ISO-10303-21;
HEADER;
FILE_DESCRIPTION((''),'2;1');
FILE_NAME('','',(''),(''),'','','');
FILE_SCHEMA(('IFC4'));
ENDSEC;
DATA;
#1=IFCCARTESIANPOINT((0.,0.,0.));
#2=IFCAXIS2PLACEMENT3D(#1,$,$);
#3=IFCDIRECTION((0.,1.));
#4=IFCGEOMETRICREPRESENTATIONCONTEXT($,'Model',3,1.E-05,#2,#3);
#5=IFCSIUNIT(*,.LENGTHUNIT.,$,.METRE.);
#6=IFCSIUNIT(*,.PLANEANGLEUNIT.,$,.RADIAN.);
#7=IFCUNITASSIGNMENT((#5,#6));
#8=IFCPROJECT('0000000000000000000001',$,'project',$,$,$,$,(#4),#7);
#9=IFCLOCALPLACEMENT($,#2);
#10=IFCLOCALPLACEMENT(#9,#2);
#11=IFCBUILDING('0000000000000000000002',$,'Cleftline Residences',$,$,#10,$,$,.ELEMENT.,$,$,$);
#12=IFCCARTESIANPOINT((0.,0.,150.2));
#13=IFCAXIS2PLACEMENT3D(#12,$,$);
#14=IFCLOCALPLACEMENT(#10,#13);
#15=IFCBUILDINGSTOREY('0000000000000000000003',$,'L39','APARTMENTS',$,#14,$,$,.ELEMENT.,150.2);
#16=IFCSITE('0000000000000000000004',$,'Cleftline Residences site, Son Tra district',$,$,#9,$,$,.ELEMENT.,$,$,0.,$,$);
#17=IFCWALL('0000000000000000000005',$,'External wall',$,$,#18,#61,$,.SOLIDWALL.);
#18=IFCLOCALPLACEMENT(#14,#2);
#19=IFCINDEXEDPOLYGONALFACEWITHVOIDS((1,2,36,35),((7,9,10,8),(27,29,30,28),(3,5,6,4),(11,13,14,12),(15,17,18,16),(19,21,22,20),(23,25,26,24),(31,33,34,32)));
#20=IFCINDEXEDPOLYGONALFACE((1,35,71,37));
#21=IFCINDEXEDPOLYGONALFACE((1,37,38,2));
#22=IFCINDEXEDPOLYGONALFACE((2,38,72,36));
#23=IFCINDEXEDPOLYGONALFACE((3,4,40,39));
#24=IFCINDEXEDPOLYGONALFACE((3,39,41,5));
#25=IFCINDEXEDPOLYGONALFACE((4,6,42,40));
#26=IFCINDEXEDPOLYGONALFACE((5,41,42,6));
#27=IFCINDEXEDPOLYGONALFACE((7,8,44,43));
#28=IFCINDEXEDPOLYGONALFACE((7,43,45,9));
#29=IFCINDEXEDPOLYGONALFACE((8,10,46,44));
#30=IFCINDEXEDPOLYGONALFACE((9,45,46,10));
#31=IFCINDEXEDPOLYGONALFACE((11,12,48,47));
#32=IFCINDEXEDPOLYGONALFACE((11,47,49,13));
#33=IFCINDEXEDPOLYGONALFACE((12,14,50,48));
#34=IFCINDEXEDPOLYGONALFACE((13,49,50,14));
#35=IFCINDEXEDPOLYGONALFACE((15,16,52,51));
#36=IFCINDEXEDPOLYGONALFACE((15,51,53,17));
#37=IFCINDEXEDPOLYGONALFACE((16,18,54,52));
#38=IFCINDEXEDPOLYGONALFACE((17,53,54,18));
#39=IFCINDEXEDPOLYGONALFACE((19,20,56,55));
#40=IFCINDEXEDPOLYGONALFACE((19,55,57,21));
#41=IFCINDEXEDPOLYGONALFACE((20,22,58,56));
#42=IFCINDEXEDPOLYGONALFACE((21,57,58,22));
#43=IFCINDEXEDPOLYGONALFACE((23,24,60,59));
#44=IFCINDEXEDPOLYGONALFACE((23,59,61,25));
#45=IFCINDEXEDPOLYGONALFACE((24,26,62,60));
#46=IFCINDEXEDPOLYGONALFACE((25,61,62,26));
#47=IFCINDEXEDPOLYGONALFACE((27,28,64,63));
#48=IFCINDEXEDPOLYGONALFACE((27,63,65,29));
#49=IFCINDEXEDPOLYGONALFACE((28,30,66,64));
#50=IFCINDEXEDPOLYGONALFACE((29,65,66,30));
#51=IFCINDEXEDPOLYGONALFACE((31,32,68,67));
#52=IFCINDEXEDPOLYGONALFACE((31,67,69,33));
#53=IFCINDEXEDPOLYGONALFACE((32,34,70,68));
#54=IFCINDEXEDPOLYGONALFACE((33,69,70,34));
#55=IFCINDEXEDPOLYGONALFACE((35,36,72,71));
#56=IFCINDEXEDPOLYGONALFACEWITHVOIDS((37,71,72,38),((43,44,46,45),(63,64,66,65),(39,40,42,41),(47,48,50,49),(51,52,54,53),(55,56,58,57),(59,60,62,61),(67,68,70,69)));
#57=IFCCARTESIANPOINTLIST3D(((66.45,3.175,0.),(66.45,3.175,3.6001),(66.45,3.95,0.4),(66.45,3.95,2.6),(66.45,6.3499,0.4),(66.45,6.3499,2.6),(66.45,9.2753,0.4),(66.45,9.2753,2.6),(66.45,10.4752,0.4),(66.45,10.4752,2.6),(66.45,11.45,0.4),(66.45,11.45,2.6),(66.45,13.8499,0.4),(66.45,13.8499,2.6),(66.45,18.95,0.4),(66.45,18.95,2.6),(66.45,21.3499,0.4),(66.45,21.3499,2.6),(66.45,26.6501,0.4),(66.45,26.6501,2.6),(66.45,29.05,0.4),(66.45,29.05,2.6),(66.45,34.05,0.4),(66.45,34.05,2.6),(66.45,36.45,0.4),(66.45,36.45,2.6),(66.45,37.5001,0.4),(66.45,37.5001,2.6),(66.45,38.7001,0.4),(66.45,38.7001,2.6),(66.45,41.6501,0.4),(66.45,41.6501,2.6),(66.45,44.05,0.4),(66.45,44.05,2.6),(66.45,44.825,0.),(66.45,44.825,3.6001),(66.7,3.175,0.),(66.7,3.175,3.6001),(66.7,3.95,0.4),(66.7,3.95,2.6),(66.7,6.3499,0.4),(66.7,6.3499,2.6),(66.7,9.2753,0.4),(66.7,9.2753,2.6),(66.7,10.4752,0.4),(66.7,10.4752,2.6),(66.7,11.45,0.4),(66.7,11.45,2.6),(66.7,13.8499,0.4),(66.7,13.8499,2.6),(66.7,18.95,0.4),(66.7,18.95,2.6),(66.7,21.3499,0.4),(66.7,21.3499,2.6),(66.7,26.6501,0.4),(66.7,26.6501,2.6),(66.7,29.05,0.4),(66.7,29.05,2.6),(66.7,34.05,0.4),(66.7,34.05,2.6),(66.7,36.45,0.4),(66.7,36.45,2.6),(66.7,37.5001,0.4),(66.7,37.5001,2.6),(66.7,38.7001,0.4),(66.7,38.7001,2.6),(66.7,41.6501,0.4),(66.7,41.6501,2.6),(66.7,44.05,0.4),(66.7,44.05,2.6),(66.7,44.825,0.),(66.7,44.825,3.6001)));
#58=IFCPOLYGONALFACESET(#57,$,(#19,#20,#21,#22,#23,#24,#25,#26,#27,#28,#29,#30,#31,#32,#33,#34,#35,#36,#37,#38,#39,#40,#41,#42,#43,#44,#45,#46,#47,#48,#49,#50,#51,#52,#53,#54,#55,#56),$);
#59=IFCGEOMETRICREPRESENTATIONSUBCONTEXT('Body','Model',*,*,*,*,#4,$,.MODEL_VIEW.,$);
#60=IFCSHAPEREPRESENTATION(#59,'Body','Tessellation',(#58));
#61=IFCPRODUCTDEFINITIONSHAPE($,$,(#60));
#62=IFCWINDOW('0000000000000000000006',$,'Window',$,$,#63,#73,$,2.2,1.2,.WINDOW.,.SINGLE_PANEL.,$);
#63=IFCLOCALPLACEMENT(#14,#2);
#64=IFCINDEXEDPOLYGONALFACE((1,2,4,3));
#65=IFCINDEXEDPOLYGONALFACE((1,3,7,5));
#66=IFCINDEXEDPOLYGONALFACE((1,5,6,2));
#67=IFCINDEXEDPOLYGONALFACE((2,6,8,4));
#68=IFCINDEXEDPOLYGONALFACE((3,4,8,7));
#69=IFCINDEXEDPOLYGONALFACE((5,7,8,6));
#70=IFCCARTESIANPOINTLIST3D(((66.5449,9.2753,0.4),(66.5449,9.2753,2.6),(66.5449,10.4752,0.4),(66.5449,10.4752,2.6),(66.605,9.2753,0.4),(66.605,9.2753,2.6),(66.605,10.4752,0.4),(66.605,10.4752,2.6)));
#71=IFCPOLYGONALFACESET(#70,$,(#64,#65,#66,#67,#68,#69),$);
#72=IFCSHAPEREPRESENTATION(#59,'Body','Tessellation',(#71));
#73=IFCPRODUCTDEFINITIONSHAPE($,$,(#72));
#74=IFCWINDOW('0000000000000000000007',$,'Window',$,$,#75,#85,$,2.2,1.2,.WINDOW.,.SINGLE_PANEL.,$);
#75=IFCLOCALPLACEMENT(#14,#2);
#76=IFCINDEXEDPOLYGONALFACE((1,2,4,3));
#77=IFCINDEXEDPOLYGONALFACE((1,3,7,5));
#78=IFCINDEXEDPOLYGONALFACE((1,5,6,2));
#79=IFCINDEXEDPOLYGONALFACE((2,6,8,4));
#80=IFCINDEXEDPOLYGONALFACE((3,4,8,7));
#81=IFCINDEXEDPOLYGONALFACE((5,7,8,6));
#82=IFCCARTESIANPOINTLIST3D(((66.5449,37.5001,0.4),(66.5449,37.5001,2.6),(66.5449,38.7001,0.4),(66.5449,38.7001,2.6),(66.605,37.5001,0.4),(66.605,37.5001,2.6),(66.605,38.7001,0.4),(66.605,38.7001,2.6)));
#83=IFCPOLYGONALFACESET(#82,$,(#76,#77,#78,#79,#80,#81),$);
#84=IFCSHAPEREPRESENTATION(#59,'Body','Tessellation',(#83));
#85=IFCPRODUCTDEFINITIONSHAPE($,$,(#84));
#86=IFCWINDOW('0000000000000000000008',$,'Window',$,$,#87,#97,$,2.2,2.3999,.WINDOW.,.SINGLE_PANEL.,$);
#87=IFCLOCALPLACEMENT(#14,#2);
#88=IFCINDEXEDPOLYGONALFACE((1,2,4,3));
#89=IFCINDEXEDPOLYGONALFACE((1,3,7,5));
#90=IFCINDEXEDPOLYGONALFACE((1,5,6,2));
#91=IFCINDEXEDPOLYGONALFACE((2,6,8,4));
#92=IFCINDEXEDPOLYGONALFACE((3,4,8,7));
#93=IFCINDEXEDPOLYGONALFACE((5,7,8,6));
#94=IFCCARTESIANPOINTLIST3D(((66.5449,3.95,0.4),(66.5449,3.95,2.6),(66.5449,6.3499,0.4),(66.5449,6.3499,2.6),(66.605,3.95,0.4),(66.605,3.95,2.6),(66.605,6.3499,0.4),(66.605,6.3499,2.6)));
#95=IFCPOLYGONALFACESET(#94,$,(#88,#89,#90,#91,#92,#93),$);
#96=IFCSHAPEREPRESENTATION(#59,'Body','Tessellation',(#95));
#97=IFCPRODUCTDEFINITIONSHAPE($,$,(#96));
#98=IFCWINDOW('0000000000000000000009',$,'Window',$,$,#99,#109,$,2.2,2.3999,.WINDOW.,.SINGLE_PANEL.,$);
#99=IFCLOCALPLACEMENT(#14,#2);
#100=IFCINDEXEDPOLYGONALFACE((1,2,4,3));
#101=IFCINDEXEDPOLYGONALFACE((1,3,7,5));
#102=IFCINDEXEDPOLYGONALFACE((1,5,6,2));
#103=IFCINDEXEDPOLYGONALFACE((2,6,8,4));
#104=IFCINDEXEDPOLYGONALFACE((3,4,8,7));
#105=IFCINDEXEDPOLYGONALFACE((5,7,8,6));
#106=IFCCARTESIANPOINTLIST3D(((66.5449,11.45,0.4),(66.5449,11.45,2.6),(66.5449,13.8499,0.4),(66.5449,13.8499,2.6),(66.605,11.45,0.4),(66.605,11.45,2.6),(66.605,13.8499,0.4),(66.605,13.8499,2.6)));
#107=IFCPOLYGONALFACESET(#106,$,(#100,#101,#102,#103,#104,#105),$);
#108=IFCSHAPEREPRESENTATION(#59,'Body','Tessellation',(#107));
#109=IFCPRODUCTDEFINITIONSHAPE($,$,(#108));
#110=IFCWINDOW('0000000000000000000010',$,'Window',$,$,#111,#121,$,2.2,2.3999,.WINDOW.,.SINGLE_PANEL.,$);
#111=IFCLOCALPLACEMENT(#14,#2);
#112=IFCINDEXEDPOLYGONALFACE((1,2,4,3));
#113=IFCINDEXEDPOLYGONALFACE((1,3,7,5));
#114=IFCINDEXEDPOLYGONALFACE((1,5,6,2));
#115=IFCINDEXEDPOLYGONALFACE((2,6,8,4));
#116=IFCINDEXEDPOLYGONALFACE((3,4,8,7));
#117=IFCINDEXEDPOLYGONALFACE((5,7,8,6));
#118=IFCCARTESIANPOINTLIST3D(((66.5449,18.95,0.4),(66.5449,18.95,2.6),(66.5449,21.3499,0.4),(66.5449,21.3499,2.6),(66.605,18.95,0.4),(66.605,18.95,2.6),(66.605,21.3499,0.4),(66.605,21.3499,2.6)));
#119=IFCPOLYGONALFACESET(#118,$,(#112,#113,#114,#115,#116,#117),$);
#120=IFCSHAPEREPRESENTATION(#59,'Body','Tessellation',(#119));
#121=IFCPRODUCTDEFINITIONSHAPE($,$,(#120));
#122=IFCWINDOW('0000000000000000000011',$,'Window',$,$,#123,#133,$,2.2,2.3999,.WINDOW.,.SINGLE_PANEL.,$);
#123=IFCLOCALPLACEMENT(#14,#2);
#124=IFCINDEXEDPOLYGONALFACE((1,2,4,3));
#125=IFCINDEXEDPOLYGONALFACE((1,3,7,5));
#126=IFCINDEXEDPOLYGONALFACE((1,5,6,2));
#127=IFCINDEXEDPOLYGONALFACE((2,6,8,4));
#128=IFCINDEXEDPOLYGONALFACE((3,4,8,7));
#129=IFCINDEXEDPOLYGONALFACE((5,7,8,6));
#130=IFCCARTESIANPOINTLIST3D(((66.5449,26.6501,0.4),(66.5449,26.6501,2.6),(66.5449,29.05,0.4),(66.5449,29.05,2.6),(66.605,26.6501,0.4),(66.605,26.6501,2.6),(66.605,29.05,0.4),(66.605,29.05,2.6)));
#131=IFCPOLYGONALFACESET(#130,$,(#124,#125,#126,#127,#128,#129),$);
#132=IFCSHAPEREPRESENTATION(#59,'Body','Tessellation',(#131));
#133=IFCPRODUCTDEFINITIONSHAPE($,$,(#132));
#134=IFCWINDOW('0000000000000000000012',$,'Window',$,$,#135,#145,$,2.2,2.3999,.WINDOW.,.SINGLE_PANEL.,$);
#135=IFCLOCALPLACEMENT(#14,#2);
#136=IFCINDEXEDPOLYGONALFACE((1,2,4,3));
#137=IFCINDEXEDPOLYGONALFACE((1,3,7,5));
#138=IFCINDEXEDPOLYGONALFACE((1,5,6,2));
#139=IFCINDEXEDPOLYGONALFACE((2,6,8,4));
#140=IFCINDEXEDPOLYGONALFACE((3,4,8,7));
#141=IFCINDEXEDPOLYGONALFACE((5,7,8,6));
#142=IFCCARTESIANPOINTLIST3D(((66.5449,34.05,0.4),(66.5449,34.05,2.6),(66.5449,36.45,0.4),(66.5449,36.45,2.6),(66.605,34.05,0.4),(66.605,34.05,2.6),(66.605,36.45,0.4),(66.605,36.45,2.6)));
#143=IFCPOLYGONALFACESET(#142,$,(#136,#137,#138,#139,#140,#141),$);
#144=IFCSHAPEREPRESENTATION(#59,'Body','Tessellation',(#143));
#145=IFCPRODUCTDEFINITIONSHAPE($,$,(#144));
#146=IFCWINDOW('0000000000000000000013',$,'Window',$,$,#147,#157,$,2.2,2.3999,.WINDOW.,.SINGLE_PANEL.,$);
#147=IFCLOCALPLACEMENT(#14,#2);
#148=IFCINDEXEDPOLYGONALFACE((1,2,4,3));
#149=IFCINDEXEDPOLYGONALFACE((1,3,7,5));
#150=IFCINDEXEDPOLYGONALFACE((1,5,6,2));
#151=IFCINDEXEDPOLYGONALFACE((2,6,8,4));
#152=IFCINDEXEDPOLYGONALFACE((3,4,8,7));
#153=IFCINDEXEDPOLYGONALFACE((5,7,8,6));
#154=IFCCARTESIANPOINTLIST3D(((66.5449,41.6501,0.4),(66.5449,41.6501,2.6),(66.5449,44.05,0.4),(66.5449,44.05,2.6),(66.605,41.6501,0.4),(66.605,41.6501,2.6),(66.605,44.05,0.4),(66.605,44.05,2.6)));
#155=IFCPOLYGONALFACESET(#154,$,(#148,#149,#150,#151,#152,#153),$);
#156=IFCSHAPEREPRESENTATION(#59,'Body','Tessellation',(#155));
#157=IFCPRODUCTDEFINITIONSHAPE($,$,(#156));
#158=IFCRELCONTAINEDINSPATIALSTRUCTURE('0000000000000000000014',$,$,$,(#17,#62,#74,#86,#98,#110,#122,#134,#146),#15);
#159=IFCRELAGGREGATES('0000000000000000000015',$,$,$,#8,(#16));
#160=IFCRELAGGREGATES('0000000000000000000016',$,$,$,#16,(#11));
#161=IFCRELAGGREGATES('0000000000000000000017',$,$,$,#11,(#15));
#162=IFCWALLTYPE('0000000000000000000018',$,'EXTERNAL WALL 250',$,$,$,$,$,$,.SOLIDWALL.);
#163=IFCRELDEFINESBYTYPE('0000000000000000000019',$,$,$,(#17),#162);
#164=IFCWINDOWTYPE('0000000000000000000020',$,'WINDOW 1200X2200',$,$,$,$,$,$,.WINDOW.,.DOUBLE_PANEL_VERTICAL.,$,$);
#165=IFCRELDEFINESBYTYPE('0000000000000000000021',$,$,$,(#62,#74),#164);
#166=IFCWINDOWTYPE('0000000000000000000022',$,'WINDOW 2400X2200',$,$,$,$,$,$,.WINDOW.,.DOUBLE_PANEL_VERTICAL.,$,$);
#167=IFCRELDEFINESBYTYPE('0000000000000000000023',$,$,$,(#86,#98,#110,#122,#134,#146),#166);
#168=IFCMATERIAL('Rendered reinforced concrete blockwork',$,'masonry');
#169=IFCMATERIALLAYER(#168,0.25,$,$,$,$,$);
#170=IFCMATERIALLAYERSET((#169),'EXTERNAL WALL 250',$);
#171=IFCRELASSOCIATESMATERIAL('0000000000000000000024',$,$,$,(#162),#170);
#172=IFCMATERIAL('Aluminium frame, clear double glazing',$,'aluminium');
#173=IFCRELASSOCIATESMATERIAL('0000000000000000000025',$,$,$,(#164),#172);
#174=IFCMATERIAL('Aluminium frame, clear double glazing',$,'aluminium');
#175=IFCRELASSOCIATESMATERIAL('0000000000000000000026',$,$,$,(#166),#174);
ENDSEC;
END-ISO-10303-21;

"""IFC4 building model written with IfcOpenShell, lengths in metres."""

from ifc_helpers import new_model, si_unit, direction, frame, frame_2d, origin, place, context, subcontext, project, spatial, rectangle, extrude, material, layer, layer_set, type_object, element, fill, save


model = new_model("IFC4")

# Units and contexts
model_context = context("Model", 3, precision=1e-05, world=origin(), true_north=direction((0.0, 1.0)))
body_context = subcontext(model_context, "Body", "Model", "MODEL_VIEW")
ifc_project = project(units=[si_unit("LENGTHUNIT", "METRE"), si_unit("PLANEANGLEUNIT", "RADIAN")], contexts=[model_context])

# Site, building, storey
site_placement = place(None, origin())
site = spatial("IfcSite", under=ifc_project, at=site_placement, Name="Cleftline Residences site, Son Tra district", CompositionType="ELEMENT", RefElevation=0.0)
building_placement = place(site_placement, origin())
building = spatial("IfcBuilding", under=site, at=building_placement, Name="Cleftline Residences", CompositionType="ELEMENT")
storey_placement = place(building_placement, frame((0.0, 0.0, 150.2)))
storey = spatial("IfcBuildingStorey", under=building, at=storey_placement, Name="L39", Description="APARTMENTS", CompositionType="ELEMENT", Elevation=150.2)

# Wall, openings, windows
ifc_material_1 = material(Name="Rendered reinforced concrete blockwork", Category="masonry")
ifc_layer_1 = layer(ifc_material_1, 0.25)
ifc_layer_set_1 = layer_set([ifc_layer_1], Name="EXTERNAL WALL 250")
wall_type = type_object("IfcWallType", Name="EXTERNAL WALL 250", PredefinedType="SOLIDWALL", material=ifc_layer_set_1)
wall_placement = place(storey_placement, frame((66.575, 3.175, 0.0), z_axis=(0.0, 0.0, 1.0), x_axis=(0.0, 1.0, 0.0)))
wall = element("IfcWall", 1, at=wall_placement, inside=storey, type_object=wall_type, Name="External wall", PredefinedType="SOLIDWALL", context=body_context, shape_type="SweptSolid", body=[
    extrude(rectangle(XDim=41.6499, YDim=0.25, at=frame_2d((20.825, 0.0))), origin(), (0.0, 0.0, 1.0), 3.6001),
])
opening_1_placement = place(wall_placement, frame((0.7749, 0.0, 0.3999)))
opening_1 = element("IfcOpeningElement", 2, at=opening_1_placement, cuts=wall, PredefinedType="OPENING", context=body_context, shape_type="SweptSolid", body=[
    extrude(rectangle(XDim=2.3999, YDim=2.2, at=frame_2d((1.2, 1.1001))), frame((0.0, 0.135, 0.0), z_axis=(0.0, -1.0, 0.0), x_axis=(1.0, 0.0, 0.0)), (0.0, 0.0, 1.0), 0.27),
])
opening_2_placement = place(wall_placement, frame((6.1001, 0.0, 0.3999)))
opening_2 = element("IfcOpeningElement", 3, at=opening_2_placement, cuts=wall, PredefinedType="OPENING", context=body_context, shape_type="SweptSolid", body=[
    extrude(rectangle(XDim=1.2, YDim=2.2, at=frame_2d((0.6001, 1.1001))), frame((0.0, 0.135, 0.0), z_axis=(0.0, -1.0, 0.0), x_axis=(1.0, 0.0, 0.0)), (0.0, 0.0, 1.0), 0.27),
])
opening_3_placement = place(wall_placement, frame((8.2749, 0.0, 0.3999)))
opening_3 = element("IfcOpeningElement", 4, at=opening_3_placement, cuts=wall, PredefinedType="OPENING", context=body_context, shape_type="SweptSolid", body=[
    extrude(rectangle(XDim=2.3999, YDim=2.2, at=frame_2d((1.2, 1.1001))), frame((0.0, 0.135, 0.0), z_axis=(0.0, -1.0, 0.0), x_axis=(1.0, 0.0, 0.0)), (0.0, 0.0, 1.0), 0.27),
])
opening_4_placement = place(wall_placement, frame((15.7749, 0.0, 0.3999)))
opening_4 = element("IfcOpeningElement", 5, at=opening_4_placement, cuts=wall, PredefinedType="OPENING", context=body_context, shape_type="SweptSolid", body=[
    extrude(rectangle(XDim=2.3999, YDim=2.2, at=frame_2d((1.2, 1.1001))), frame((0.0, 0.135, 0.0), z_axis=(0.0, -1.0, 0.0), x_axis=(1.0, 0.0, 0.0)), (0.0, 0.0, 1.0), 0.27),
])
opening_5_placement = place(wall_placement, frame((23.4751, 0.0, 0.3999)))
opening_5 = element("IfcOpeningElement", 6, at=opening_5_placement, cuts=wall, PredefinedType="OPENING", context=body_context, shape_type="SweptSolid", body=[
    extrude(rectangle(XDim=2.3999, YDim=2.2, at=frame_2d((1.2, 1.1001))), frame((0.0, 0.135, 0.0), z_axis=(0.0, -1.0, 0.0), x_axis=(1.0, 0.0, 0.0)), (0.0, 0.0, 1.0), 0.27),
])
opening_6_placement = place(wall_placement, frame((30.875, 0.0, 0.3999)))
opening_6 = element("IfcOpeningElement", 7, at=opening_6_placement, cuts=wall, PredefinedType="OPENING", context=body_context, shape_type="SweptSolid", body=[
    extrude(rectangle(XDim=2.3999, YDim=2.2, at=frame_2d((1.2, 1.1001))), frame((0.0, 0.135, 0.0), z_axis=(0.0, -1.0, 0.0), x_axis=(1.0, 0.0, 0.0)), (0.0, 0.0, 1.0), 0.27),
])
opening_7_placement = place(wall_placement, frame((34.325, 0.0, 0.3999)))
opening_7 = element("IfcOpeningElement", 8, at=opening_7_placement, cuts=wall, PredefinedType="OPENING", context=body_context, shape_type="SweptSolid", body=[
    extrude(rectangle(XDim=1.2, YDim=2.2, at=frame_2d((0.6001, 1.1001))), frame((0.0, 0.135, 0.0), z_axis=(0.0, -1.0, 0.0), x_axis=(1.0, 0.0, 0.0)), (0.0, 0.0, 1.0), 0.27),
])
opening_8_placement = place(wall_placement, frame((38.4751, 0.0, 0.3999)))
opening_8 = element("IfcOpeningElement", 9, at=opening_8_placement, cuts=wall, PredefinedType="OPENING", context=body_context, shape_type="SweptSolid", body=[
    extrude(rectangle(XDim=2.3999, YDim=2.2, at=frame_2d((1.2, 1.1001))), frame((0.0, 0.135, 0.0), z_axis=(0.0, -1.0, 0.0), x_axis=(1.0, 0.0, 0.0)), (0.0, 0.0, 1.0), 0.27),
])
ifc_material_2 = material(Name="Aluminium frame, clear double glazing", Category="aluminium")
window_type_1 = type_object("IfcWindowType", Name="WINDOW 1200X2200", PartitioningType="DOUBLE_PANEL_VERTICAL", PredefinedType="WINDOW", material=ifc_material_2)
window_1_placement = place(opening_2_placement, origin())
window_1 = element("IfcWindow", 10, at=window_1_placement, inside=storey, type_object=window_type_1, Name="Window", OverallHeight=2.2, OverallWidth=1.2, PartitioningType="SINGLE_PANEL", PredefinedType="WINDOW", context=body_context, shape_type="SweptSolid", body=[
    extrude(rectangle(XDim=1.2, YDim=2.2, at=frame_2d((0.6001, 1.1001))), frame((0.0, 0.03, 0.0), z_axis=(0.0, -1.0, 0.0), x_axis=(1.0, 0.0, 0.0)), (0.0, 0.0, 1.0), 0.0601),
])
fill(opening_2, window_1)
window_2_placement = place(opening_7_placement, origin())
window_2 = element("IfcWindow", 11, at=window_2_placement, inside=storey, type_object=window_type_1, Name="Window", OverallHeight=2.2, OverallWidth=1.2, PartitioningType="SINGLE_PANEL", PredefinedType="WINDOW", context=body_context, shape_type="SweptSolid", body=[
    extrude(rectangle(XDim=1.2, YDim=2.2, at=frame_2d((0.6001, 1.1001))), frame((0.0, 0.03, 0.0), z_axis=(0.0, -1.0, 0.0), x_axis=(1.0, 0.0, 0.0)), (0.0, 0.0, 1.0), 0.0601),
])
fill(opening_7, window_2)
ifc_material_3 = material(Name="Aluminium frame, clear double glazing", Category="aluminium")
window_type_2 = type_object("IfcWindowType", Name="WINDOW 2400X2200", PartitioningType="DOUBLE_PANEL_VERTICAL", PredefinedType="WINDOW", material=ifc_material_3)
window_3_placement = place(opening_1_placement, origin())
window_3 = element("IfcWindow", 12, at=window_3_placement, inside=storey, type_object=window_type_2, Name="Window", OverallHeight=2.2, OverallWidth=2.3999, PartitioningType="SINGLE_PANEL", PredefinedType="WINDOW", context=body_context, shape_type="SweptSolid", body=[
    extrude(rectangle(XDim=2.3999, YDim=2.2, at=frame_2d((1.2, 1.1001))), frame((0.0, 0.03, 0.0), z_axis=(0.0, -1.0, 0.0), x_axis=(1.0, 0.0, 0.0)), (0.0, 0.0, 1.0), 0.0601),
])
fill(opening_1, window_3)
window_4_placement = place(opening_3_placement, origin())
window_4 = element("IfcWindow", 13, at=window_4_placement, inside=storey, type_object=window_type_2, Name="Window", OverallHeight=2.2, OverallWidth=2.3999, PartitioningType="SINGLE_PANEL", PredefinedType="WINDOW", context=body_context, shape_type="SweptSolid", body=[
    extrude(rectangle(XDim=2.3999, YDim=2.2, at=frame_2d((1.2, 1.1001))), frame((0.0, 0.03, 0.0), z_axis=(0.0, -1.0, 0.0), x_axis=(1.0, 0.0, 0.0)), (0.0, 0.0, 1.0), 0.0601),
])
fill(opening_3, window_4)
window_5_placement = place(opening_4_placement, origin())
window_5 = element("IfcWindow", 14, at=window_5_placement, inside=storey, type_object=window_type_2, Name="Window", OverallHeight=2.2, OverallWidth=2.3999, PartitioningType="SINGLE_PANEL", PredefinedType="WINDOW", context=body_context, shape_type="SweptSolid", body=[
    extrude(rectangle(XDim=2.3999, YDim=2.2, at=frame_2d((1.2, 1.1001))), frame((0.0, 0.03, 0.0), z_axis=(0.0, -1.0, 0.0), x_axis=(1.0, 0.0, 0.0)), (0.0, 0.0, 1.0), 0.0601),
])
fill(opening_4, window_5)
window_6_placement = place(opening_5_placement, origin())
window_6 = element("IfcWindow", 15, at=window_6_placement, inside=storey, type_object=window_type_2, Name="Window", OverallHeight=2.2, OverallWidth=2.3999, PartitioningType="SINGLE_PANEL", PredefinedType="WINDOW", context=body_context, shape_type="SweptSolid", body=[
    extrude(rectangle(XDim=2.3999, YDim=2.2, at=frame_2d((1.2, 1.1001))), frame((0.0, 0.03, 0.0), z_axis=(0.0, -1.0, 0.0), x_axis=(1.0, 0.0, 0.0)), (0.0, 0.0, 1.0), 0.0601),
])
fill(opening_5, window_6)
window_7_placement = place(opening_6_placement, origin())
window_7 = element("IfcWindow", 16, at=window_7_placement, inside=storey, type_object=window_type_2, Name="Window", OverallHeight=2.2, OverallWidth=2.3999, PartitioningType="SINGLE_PANEL", PredefinedType="WINDOW", context=body_context, shape_type="SweptSolid", body=[
    extrude(rectangle(XDim=2.3999, YDim=2.2, at=frame_2d((1.2, 1.1001))), frame((0.0, 0.03, 0.0), z_axis=(0.0, -1.0, 0.0), x_axis=(1.0, 0.0, 0.0)), (0.0, 0.0, 1.0), 0.0601),
])
fill(opening_6, window_7)
window_8_placement = place(opening_8_placement, origin())
window_8 = element("IfcWindow", 17, at=window_8_placement, inside=storey, type_object=window_type_2, Name="Window", OverallHeight=2.2, OverallWidth=2.3999, PartitioningType="SINGLE_PANEL", PredefinedType="WINDOW", context=body_context, shape_type="SweptSolid", body=[
    extrude(rectangle(XDim=2.3999, YDim=2.2, at=frame_2d((1.2, 1.1001))), frame((0.0, 0.03, 0.0), z_axis=(0.0, -1.0, 0.0), x_axis=(1.0, 0.0, 0.0)), (0.0, 0.0, 1.0), 0.0601),
])
fill(opening_8, window_8)

save(model, "model.ifc")
